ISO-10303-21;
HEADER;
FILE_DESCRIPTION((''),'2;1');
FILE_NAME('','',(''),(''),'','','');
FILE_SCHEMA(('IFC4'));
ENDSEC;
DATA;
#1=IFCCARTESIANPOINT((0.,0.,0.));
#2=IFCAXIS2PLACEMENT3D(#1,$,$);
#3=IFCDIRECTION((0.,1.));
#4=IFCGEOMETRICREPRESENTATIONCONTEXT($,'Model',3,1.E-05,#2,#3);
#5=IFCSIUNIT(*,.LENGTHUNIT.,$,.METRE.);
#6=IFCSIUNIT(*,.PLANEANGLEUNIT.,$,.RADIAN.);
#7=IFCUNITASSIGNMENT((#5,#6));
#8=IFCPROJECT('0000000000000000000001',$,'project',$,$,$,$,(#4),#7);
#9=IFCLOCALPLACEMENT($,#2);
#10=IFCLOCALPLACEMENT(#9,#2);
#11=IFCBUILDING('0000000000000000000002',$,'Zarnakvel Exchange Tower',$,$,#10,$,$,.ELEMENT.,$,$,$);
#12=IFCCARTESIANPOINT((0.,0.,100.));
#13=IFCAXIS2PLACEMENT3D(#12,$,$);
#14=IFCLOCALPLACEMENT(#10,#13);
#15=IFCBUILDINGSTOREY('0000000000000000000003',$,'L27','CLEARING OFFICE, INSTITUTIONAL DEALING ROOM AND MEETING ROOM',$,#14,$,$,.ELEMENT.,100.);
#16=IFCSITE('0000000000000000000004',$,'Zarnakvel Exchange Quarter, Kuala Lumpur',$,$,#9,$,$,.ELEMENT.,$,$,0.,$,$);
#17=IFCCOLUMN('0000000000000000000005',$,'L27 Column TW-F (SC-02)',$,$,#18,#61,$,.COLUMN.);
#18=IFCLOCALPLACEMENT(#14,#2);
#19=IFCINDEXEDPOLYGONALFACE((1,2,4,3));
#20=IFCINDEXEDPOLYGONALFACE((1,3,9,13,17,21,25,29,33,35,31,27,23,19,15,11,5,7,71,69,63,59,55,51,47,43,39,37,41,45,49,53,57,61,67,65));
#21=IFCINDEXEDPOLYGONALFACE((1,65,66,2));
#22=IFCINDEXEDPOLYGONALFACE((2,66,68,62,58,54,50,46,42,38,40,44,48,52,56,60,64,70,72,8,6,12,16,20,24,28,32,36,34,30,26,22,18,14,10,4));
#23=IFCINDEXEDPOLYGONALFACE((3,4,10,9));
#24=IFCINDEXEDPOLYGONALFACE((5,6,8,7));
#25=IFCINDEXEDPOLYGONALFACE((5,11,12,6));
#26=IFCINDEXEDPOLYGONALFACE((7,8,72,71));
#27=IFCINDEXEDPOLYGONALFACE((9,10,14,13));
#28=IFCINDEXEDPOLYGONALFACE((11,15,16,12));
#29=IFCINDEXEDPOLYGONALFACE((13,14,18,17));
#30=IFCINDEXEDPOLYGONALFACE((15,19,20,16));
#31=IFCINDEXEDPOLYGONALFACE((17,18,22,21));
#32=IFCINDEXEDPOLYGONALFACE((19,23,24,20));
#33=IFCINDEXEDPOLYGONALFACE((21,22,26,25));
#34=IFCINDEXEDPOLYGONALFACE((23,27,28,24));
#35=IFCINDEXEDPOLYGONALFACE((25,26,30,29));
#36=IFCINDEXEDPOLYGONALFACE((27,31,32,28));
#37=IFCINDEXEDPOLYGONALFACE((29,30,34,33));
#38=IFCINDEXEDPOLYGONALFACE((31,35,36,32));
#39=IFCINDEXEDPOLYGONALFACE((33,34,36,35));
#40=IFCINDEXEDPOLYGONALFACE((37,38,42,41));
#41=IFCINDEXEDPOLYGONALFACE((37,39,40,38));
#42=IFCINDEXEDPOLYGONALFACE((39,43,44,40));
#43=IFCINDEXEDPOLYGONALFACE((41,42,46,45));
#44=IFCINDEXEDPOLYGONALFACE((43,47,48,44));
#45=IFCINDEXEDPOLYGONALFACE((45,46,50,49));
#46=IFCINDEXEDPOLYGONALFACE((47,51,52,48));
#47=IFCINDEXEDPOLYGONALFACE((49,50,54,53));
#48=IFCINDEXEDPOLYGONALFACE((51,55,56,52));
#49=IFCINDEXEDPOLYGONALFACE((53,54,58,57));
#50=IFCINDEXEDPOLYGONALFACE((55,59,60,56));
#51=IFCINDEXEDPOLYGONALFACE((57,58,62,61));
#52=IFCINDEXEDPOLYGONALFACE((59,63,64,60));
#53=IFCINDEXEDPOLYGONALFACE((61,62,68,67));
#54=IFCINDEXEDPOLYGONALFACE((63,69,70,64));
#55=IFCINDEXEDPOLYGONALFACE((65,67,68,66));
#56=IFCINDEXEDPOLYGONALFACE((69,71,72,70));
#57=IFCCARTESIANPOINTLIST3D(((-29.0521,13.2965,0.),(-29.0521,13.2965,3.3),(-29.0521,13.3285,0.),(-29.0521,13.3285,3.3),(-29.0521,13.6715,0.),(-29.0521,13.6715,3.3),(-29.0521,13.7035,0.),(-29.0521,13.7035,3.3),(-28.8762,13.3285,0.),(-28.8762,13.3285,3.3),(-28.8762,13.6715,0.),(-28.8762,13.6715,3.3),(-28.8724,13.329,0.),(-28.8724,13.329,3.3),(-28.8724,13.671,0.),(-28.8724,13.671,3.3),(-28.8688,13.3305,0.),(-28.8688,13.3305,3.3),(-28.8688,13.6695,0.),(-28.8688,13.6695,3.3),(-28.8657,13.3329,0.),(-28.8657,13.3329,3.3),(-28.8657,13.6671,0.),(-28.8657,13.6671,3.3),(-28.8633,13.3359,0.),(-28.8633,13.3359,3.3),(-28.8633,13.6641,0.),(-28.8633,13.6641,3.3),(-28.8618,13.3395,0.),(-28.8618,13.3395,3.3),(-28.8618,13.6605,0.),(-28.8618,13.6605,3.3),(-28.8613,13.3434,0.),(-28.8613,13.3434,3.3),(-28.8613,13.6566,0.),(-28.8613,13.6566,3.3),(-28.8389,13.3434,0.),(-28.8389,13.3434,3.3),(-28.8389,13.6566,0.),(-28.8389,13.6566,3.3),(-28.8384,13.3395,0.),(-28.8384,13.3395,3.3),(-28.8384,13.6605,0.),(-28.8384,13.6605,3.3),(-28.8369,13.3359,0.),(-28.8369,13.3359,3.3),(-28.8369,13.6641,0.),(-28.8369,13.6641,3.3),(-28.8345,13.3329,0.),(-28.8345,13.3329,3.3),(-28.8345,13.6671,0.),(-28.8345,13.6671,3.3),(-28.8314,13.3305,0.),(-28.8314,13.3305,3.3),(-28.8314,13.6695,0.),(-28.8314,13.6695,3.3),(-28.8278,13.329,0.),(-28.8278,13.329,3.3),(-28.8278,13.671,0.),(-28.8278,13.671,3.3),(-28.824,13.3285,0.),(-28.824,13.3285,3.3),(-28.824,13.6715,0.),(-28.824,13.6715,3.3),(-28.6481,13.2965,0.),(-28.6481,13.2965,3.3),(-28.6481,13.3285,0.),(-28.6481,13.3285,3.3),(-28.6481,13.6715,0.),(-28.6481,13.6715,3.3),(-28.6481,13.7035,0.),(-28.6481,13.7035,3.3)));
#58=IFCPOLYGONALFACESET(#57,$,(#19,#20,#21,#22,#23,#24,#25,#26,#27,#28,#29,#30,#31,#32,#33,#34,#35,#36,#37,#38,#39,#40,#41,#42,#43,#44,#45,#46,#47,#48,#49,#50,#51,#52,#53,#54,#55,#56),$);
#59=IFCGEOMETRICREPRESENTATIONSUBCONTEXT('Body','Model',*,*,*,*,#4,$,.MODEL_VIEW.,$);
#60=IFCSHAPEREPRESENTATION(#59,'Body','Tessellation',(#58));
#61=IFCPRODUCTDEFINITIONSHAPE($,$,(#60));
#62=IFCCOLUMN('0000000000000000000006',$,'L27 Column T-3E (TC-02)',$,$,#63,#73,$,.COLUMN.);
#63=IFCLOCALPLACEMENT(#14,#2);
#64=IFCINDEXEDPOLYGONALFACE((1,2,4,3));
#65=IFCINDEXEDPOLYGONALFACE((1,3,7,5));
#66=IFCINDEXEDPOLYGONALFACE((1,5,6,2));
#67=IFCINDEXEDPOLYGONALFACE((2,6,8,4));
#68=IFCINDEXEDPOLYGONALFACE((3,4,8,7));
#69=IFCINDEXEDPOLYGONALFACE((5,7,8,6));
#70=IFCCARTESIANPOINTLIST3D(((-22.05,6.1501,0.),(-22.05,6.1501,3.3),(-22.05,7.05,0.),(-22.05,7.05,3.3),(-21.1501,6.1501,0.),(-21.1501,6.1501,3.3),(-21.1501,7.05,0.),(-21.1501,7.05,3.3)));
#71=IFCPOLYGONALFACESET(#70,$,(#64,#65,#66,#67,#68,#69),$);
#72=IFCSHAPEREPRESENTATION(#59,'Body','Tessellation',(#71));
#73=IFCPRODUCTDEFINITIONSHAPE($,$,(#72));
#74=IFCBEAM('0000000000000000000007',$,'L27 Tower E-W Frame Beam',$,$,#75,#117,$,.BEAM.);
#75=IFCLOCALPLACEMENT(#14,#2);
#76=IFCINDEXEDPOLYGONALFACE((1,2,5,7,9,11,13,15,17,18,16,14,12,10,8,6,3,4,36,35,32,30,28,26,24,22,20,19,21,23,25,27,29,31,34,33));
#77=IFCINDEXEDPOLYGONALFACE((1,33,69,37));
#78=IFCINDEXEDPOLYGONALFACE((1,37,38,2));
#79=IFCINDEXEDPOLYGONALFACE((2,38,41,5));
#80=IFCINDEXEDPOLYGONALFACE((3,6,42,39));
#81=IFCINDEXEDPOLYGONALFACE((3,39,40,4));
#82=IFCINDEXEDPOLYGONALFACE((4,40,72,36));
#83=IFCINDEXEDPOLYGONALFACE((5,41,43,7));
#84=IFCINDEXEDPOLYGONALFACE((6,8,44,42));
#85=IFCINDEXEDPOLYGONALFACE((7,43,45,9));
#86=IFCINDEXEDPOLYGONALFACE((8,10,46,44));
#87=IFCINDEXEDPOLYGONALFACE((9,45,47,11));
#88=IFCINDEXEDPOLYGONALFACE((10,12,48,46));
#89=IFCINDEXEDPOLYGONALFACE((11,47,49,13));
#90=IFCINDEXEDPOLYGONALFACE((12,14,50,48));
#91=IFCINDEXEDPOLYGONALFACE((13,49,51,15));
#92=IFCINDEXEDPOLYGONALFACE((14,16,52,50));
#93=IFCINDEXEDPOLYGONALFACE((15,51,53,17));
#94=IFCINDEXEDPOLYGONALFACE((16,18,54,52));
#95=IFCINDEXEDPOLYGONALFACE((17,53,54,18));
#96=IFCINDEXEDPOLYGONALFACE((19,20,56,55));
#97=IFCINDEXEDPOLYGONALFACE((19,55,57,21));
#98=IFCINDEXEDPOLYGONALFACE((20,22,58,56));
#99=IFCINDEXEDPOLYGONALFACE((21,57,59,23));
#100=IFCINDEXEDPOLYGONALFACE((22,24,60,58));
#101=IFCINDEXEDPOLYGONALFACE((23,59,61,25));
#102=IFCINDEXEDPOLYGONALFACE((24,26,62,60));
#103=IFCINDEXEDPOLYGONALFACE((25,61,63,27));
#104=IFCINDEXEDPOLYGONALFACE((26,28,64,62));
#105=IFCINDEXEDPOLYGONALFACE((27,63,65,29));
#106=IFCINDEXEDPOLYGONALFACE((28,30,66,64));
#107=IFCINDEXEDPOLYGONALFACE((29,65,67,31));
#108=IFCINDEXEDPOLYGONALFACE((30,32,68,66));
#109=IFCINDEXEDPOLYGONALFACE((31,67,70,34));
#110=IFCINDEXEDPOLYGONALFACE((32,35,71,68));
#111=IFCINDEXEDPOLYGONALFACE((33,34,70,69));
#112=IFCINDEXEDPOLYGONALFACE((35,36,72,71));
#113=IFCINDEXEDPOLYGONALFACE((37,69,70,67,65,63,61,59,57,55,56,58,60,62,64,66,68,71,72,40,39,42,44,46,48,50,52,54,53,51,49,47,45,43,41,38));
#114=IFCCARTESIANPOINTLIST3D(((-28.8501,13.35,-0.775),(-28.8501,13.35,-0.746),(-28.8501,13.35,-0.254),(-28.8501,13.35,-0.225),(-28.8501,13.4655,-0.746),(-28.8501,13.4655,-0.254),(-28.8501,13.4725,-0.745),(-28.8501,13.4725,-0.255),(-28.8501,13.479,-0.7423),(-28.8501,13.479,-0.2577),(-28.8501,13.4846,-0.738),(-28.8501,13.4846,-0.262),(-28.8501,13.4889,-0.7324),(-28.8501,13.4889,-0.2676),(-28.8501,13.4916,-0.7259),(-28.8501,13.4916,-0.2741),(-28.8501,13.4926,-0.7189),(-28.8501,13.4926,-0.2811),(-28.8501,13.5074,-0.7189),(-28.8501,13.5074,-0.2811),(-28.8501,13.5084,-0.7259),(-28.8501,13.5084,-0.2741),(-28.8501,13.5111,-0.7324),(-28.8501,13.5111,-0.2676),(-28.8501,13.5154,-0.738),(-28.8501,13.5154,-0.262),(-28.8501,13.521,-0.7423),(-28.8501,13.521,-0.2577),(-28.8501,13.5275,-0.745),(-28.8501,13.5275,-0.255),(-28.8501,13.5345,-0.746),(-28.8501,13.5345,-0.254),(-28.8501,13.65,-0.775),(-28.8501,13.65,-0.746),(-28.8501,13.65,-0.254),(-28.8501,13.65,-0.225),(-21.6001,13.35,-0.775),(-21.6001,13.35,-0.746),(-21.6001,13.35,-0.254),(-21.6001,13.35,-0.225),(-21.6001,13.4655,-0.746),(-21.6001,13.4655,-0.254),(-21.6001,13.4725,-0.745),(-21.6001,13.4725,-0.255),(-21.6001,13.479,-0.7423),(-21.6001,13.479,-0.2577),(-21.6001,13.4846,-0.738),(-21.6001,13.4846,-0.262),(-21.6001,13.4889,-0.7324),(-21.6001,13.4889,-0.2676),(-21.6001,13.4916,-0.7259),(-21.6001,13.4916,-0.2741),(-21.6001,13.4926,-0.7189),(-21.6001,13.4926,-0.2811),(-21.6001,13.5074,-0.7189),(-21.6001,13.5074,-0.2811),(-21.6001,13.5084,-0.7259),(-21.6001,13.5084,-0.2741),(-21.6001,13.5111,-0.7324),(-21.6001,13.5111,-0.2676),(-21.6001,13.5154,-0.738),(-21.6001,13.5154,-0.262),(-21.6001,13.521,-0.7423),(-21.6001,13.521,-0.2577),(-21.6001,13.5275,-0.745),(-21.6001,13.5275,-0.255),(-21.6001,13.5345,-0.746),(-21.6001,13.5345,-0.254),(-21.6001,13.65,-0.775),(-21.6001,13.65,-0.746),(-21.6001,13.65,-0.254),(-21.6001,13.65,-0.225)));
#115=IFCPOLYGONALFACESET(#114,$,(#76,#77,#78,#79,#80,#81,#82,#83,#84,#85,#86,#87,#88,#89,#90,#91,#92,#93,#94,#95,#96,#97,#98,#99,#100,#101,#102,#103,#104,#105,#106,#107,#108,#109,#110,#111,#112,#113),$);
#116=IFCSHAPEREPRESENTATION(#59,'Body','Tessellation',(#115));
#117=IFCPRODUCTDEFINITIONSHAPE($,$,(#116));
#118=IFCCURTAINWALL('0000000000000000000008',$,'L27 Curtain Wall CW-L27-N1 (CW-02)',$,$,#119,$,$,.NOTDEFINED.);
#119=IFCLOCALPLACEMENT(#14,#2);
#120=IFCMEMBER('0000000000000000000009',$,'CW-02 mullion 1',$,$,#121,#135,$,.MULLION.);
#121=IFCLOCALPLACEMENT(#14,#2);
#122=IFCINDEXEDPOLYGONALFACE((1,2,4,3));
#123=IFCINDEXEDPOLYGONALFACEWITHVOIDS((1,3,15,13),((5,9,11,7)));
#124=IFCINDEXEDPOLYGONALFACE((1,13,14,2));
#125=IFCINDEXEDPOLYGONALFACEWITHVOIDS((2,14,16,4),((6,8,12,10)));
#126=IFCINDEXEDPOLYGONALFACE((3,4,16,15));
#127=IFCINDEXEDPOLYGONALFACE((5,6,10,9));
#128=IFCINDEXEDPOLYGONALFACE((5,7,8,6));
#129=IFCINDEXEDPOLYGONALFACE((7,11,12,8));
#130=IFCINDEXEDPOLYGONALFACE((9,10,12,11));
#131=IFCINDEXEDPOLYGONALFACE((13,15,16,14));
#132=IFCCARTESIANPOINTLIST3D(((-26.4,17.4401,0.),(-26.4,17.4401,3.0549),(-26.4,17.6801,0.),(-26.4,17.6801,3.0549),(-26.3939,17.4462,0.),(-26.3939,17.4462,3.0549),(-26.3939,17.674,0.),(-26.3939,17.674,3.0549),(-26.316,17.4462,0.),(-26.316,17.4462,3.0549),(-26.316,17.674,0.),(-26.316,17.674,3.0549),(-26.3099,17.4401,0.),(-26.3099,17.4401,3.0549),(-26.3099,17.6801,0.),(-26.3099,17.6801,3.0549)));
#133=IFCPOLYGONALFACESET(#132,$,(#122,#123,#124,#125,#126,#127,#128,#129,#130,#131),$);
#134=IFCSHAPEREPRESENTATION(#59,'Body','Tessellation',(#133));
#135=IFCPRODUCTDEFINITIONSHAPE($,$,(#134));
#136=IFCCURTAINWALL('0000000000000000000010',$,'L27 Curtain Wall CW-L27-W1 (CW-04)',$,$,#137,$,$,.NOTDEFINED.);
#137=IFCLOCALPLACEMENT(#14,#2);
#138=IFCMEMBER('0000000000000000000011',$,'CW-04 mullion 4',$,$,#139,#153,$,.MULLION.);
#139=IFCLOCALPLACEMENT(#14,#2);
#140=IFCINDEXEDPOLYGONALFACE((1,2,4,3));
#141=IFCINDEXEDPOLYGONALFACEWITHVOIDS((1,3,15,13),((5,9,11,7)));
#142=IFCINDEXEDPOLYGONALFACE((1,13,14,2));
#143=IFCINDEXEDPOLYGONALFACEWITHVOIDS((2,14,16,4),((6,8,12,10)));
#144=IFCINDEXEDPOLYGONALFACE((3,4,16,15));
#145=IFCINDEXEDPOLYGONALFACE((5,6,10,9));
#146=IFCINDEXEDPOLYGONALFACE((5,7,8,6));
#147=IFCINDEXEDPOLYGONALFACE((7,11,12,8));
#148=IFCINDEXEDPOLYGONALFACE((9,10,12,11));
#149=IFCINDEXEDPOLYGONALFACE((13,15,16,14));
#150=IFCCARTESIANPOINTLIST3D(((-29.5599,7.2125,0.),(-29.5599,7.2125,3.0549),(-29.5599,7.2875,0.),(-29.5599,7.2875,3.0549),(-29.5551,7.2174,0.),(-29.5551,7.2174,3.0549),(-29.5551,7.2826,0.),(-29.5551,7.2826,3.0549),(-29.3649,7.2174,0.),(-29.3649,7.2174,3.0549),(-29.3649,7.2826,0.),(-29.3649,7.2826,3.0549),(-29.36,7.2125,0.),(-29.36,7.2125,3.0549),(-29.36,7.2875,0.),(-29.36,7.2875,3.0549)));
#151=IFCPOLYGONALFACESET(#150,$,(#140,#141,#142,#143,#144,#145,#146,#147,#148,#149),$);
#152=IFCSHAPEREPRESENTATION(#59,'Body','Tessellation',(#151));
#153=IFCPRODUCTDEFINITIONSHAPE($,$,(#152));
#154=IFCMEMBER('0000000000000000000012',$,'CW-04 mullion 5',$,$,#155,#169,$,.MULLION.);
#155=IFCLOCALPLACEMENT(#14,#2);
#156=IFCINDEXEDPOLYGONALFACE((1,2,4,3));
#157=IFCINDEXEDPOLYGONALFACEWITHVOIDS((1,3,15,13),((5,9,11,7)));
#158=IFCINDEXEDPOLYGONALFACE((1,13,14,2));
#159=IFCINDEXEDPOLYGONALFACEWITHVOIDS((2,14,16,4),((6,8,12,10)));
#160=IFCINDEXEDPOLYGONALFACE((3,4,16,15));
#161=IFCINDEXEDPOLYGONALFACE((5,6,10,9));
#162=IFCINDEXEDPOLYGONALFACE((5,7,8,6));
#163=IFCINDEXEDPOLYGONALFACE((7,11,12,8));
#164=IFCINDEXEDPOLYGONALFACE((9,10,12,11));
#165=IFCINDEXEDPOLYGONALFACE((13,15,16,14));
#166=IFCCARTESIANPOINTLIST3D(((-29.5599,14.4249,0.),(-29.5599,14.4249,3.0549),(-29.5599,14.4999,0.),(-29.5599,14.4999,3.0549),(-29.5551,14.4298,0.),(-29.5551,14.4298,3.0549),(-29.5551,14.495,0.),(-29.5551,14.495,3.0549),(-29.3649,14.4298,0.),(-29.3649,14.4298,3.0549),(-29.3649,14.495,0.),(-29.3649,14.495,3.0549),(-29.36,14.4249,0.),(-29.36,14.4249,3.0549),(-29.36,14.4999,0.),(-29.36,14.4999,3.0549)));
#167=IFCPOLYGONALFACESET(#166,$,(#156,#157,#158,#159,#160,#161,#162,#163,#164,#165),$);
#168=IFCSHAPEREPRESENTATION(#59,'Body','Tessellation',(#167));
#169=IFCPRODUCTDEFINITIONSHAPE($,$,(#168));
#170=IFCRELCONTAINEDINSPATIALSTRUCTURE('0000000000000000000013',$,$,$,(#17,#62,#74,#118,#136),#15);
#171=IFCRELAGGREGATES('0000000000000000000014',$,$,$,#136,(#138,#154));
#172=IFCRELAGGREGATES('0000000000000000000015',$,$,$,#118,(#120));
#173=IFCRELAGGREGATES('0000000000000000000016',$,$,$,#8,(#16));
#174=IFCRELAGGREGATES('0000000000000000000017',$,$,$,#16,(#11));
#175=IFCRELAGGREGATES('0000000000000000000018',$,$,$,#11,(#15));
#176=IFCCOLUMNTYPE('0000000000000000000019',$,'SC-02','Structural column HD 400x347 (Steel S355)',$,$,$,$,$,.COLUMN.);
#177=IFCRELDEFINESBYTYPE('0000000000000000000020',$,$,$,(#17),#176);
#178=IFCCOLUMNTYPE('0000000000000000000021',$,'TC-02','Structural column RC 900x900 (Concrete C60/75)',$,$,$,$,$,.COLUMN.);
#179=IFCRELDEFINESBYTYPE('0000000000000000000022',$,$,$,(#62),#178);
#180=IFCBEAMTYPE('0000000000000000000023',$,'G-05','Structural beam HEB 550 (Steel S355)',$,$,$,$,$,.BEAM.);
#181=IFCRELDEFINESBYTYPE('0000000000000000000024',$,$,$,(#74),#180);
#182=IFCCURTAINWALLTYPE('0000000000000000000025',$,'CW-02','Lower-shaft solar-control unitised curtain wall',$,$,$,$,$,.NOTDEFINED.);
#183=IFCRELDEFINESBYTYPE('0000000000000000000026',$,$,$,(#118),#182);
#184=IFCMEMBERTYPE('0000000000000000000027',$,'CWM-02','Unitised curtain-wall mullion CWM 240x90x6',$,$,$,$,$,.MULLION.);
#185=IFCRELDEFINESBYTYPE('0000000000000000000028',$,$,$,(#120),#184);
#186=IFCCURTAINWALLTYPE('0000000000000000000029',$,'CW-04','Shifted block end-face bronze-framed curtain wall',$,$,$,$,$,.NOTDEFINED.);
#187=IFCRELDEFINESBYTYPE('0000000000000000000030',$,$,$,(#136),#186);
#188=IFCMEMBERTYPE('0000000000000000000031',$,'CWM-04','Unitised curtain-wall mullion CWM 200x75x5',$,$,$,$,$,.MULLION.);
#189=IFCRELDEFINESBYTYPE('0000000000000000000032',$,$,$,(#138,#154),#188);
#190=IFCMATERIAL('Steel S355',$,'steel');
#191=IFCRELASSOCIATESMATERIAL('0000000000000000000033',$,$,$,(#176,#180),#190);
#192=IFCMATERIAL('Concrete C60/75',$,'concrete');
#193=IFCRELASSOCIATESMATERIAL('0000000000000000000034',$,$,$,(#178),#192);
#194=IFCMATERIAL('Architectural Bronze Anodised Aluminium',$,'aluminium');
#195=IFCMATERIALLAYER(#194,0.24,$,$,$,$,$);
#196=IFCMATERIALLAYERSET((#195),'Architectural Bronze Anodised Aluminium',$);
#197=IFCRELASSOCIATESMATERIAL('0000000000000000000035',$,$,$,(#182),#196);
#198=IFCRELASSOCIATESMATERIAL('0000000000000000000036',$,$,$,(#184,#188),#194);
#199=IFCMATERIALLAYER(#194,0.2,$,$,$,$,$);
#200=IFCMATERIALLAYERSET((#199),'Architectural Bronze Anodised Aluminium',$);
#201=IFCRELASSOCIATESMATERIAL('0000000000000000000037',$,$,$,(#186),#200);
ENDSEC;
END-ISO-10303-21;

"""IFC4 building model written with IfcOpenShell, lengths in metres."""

from ifc_helpers import new_model, si_unit, direction, frame, origin, origin_2d, place, context, subcontext, project, spatial, rectangle, hollow_rectangle, i_section, extrude, source, transform, mapped, material, layer, layer_set, material_profile, profile_set, type_object, element, aggregate, save


model = new_model("IFC4")

# Units and contexts
model_context = context("Model", 3, precision=1e-05, world=origin(), true_north=direction((0.0, 1.0)))
body_context = subcontext(model_context, "Body", "Model", "MODEL_VIEW")
ifc_project = project(units=[si_unit("LENGTHUNIT", "METRE"), si_unit("PLANEANGLEUNIT", "RADIAN")], contexts=[model_context])

# Site, building, storey
site_placement = place(None, origin())
site = spatial("IfcSite", under=ifc_project, at=site_placement, Name="Zarnakvel Exchange Quarter, Kuala Lumpur", CompositionType="ELEMENT", RefElevation=0.0)
building_placement = place(site_placement, origin())
building = spatial("IfcBuilding", under=site, at=building_placement, Name="Zarnakvel Exchange Tower", CompositionType="ELEMENT")
storey_placement = place(building_placement, frame((0.0, 0.0, 100.0)))
storey = spatial("IfcBuildingStorey", under=building, at=storey_placement, Name="L27", Description="CLEARING OFFICE, INSTITUTIONAL DEALING ROOM AND MEETING ROOM", CompositionType="ELEMENT", Elevation=100.0)

# Columns
ifc_material_1 = material(Name="Steel S355", Category="steel")
ifc_material_profile_1 = material_profile(ifc_material_1, i_section(OverallWidth=0.4041, OverallDepth=0.407, WebThickness=0.0225, FlangeThickness=0.032, FilletRadius=0.0149, at=origin_2d()))
ifc_profile_set_1 = profile_set([ifc_material_profile_1], Name="Steel S355")
column_type_1 = type_object("IfcColumnType", Name="SC-02", Description="Structural column HD 400x347 (Steel S355)", PredefinedType="COLUMN", material=ifc_profile_set_1)
column_1_placement = place(storey_placement, frame((-28.8501, 13.5, 0.0), z_axis=(0.0, 0.0, 1.0), x_axis=(1.0, 0.0, 0.0)))
element("IfcColumn", 1, at=column_1_placement, inside=storey, type_object=column_type_1, Name="L27 Column TW-F (SC-02)", PredefinedType="COLUMN", context=body_context, shape_type="SweptSolid", body=[
    extrude(i_section(OverallWidth=0.4041, OverallDepth=0.407, WebThickness=0.0225, FlangeThickness=0.032, FilletRadius=0.0149, at=origin_2d()), origin(), (0.0, 0.0, 1.0), 3.3),
])
ifc_material_2 = material(Name="Concrete C60/75", Category="concrete")
ifc_material_profile_2 = material_profile(ifc_material_2, rectangle(XDim=0.8999, YDim=0.8999, at=origin_2d()))
ifc_profile_set_2 = profile_set([ifc_material_profile_2], Name="Concrete C60/75")
column_type_2 = type_object("IfcColumnType", Name="TC-02", Description="Structural column RC 900x900 (Concrete C60/75)", PredefinedType="COLUMN", material=ifc_profile_set_2)
column_2_placement = place(storey_placement, frame((-21.6001, 6.6001, 0.0), z_axis=(0.0, 0.0, 1.0), x_axis=(1.0, 0.0, 0.0)))
element("IfcColumn", 2, at=column_2_placement, inside=storey, type_object=column_type_2, Name="L27 Column T-3E (TC-02)", PredefinedType="COLUMN", context=body_context, shape_type="SweptSolid", body=[
    extrude(rectangle(XDim=0.8999, YDim=0.8999, at=origin_2d()), origin(), (0.0, 0.0, 1.0), 3.3),
])

# Beam
ifc_material_profile_3 = material_profile(ifc_material_1, i_section(OverallWidth=0.3, OverallDepth=0.55, WebThickness=0.0149, FlangeThickness=0.0291, FilletRadius=0.0271, at=origin_2d()))
ifc_profile_set_3 = profile_set([ifc_material_profile_3], Name="Steel S355")
beam_type = type_object("IfcBeamType", Name="G-05", Description="Structural beam HEB 550 (Steel S355)", PredefinedType="BEAM", material=ifc_profile_set_3)
beam_placement = place(storey_placement, frame((-28.8501, 13.5, -0.5), z_axis=(1.0, 0.0, 0.0), x_axis=(0.0, 1.0, 0.0)))
element("IfcBeam", 3, at=beam_placement, inside=storey, type_object=beam_type, Name="L27 Tower E-W Frame Beam", PredefinedType="BEAM", context=body_context, shape_type="SweptSolid", body=[
    extrude(i_section(OverallWidth=0.3, OverallDepth=0.55, WebThickness=0.0149, FlangeThickness=0.0291, FilletRadius=0.0271, at=origin_2d()), origin(), (0.0, 0.0, 1.0), 7.25),
])

# Curtain wall, member
ifc_material_3 = material(Name="Architectural Bronze Anodised Aluminium", Category="aluminium")
ifc_layer_1 = layer(ifc_material_3, 0.24)
ifc_layer_set_1 = layer_set([ifc_layer_1], Name="Architectural Bronze Anodised Aluminium")
curtain_wall_type_1 = type_object("IfcCurtainWallType", Name="CW-02", Description="Lower-shaft solar-control unitised curtain wall", PredefinedType="NOTDEFINED", material=ifc_layer_set_1)
curtain_wall_1_placement = place(storey_placement, origin())
curtain_wall_1 = element("IfcCurtainWall", 4, at=curtain_wall_1_placement, inside=storey, type_object=curtain_wall_type_1, Name="L27 Curtain Wall CW-L27-N1 (CW-02)", PredefinedType="NOTDEFINED")
ifc_material_profile_4 = material_profile(ifc_material_3, hollow_rectangle(XDim=0.24, YDim=0.0901, WallThickness=0.0061, at=origin_2d()))
ifc_profile_set_4 = profile_set([ifc_material_profile_4], Name="Architectural Bronze Anodised Aluminium")
member_type_1 = type_object("IfcMemberType", Name="CWM-02", Description="Unitised curtain-wall mullion CWM 240x90x6", PredefinedType="MULLION", material=ifc_profile_set_4)
shared_shape_1 = source(origin(), body_context, "Body", "SweptSolid", [
    extrude(hollow_rectangle(XDim=0.24, YDim=0.0901, WallThickness=0.0061, at=origin_2d()), origin(), (0.0, 0.0, 1.0), 3.0549),
])
member_1_placement = place(storey_placement, frame((-26.355, 17.5601, 0.0), z_axis=(0.0, 0.0, 1.0), x_axis=(0.0, 1.0, 0.0)))
member_1 = element("IfcMember", 5, at=member_1_placement, type_object=member_type_1, Name="CW-02 mullion 1", PredefinedType="MULLION", context=body_context, shape_type="MappedRepresentation", body=[
    mapped(shared_shape_1, transform((0.0, 0.0, 0.0), x_axis=(1.0, 0.0, 0.0), y_axis=(0.0, 1.0, 0.0), z_axis=(0.0, 0.0, 1.0), scale=1.0)),
])

# Curtain wall, members
ifc_layer_2 = layer(ifc_material_3, 0.2)
ifc_layer_set_2 = layer_set([ifc_layer_2], Name="Architectural Bronze Anodised Aluminium")
curtain_wall_type_2 = type_object("IfcCurtainWallType", Name="CW-04", Description="Shifted block end-face bronze-framed curtain wall", PredefinedType="NOTDEFINED", material=ifc_layer_set_2)
curtain_wall_2_placement = place(storey_placement, origin())
curtain_wall_2 = element("IfcCurtainWall", 6, at=curtain_wall_2_placement, inside=storey, type_object=curtain_wall_type_2, Name="L27 Curtain Wall CW-L27-W1 (CW-04)", PredefinedType="NOTDEFINED")
ifc_material_profile_5 = material_profile(ifc_material_3, hollow_rectangle(XDim=0.2, YDim=0.075, WallThickness=0.0049, at=origin_2d()))
ifc_profile_set_5 = profile_set([ifc_material_profile_5], Name="Architectural Bronze Anodised Aluminium")
member_type_2 = type_object("IfcMemberType", Name="CWM-04", Description="Unitised curtain-wall mullion CWM 200x75x5", PredefinedType="MULLION", material=ifc_profile_set_5)
shared_shape_2 = source(origin(), body_context, "Body", "SweptSolid", [
    extrude(hollow_rectangle(XDim=0.2, YDim=0.075, WallThickness=0.0049, at=origin_2d()), origin(), (0.0, 0.0, 1.0), 3.0549),
])
member_2_placement = place(storey_placement, frame((-29.46, 7.25, 0.0), z_axis=(0.0, 0.0, 1.0), x_axis=(-1.0, 0.0, 0.0)))
member_2 = element("IfcMember", 7, at=member_2_placement, type_object=member_type_2, Name="CW-04 mullion 4", PredefinedType="MULLION", context=body_context, shape_type="MappedRepresentation", body=[
    mapped(shared_shape_2, transform((0.0, 0.0, 0.0), x_axis=(1.0, 0.0, 0.0), y_axis=(0.0, 1.0, 0.0), z_axis=(0.0, 0.0, 1.0), scale=1.0)),
])
member_3_placement = place(storey_placement, frame((-29.46, 14.4624, 0.0), z_axis=(0.0, 0.0, 1.0), x_axis=(-1.0, 0.0, 0.0)))
member_3 = element("IfcMember", 8, at=member_3_placement, type_object=member_type_2, Name="CW-04 mullion 5", PredefinedType="MULLION", context=body_context, shape_type="MappedRepresentation", body=[
    mapped(shared_shape_2, transform((0.0, 0.0, 0.0), x_axis=(1.0, 0.0, 0.0), y_axis=(0.0, 1.0, 0.0), z_axis=(0.0, 0.0, 1.0), scale=1.0)),
])

aggregate(curtain_wall_2, [member_2, member_3])
aggregate(curtain_wall_1, [member_1])

save(model, "model.ifc")
